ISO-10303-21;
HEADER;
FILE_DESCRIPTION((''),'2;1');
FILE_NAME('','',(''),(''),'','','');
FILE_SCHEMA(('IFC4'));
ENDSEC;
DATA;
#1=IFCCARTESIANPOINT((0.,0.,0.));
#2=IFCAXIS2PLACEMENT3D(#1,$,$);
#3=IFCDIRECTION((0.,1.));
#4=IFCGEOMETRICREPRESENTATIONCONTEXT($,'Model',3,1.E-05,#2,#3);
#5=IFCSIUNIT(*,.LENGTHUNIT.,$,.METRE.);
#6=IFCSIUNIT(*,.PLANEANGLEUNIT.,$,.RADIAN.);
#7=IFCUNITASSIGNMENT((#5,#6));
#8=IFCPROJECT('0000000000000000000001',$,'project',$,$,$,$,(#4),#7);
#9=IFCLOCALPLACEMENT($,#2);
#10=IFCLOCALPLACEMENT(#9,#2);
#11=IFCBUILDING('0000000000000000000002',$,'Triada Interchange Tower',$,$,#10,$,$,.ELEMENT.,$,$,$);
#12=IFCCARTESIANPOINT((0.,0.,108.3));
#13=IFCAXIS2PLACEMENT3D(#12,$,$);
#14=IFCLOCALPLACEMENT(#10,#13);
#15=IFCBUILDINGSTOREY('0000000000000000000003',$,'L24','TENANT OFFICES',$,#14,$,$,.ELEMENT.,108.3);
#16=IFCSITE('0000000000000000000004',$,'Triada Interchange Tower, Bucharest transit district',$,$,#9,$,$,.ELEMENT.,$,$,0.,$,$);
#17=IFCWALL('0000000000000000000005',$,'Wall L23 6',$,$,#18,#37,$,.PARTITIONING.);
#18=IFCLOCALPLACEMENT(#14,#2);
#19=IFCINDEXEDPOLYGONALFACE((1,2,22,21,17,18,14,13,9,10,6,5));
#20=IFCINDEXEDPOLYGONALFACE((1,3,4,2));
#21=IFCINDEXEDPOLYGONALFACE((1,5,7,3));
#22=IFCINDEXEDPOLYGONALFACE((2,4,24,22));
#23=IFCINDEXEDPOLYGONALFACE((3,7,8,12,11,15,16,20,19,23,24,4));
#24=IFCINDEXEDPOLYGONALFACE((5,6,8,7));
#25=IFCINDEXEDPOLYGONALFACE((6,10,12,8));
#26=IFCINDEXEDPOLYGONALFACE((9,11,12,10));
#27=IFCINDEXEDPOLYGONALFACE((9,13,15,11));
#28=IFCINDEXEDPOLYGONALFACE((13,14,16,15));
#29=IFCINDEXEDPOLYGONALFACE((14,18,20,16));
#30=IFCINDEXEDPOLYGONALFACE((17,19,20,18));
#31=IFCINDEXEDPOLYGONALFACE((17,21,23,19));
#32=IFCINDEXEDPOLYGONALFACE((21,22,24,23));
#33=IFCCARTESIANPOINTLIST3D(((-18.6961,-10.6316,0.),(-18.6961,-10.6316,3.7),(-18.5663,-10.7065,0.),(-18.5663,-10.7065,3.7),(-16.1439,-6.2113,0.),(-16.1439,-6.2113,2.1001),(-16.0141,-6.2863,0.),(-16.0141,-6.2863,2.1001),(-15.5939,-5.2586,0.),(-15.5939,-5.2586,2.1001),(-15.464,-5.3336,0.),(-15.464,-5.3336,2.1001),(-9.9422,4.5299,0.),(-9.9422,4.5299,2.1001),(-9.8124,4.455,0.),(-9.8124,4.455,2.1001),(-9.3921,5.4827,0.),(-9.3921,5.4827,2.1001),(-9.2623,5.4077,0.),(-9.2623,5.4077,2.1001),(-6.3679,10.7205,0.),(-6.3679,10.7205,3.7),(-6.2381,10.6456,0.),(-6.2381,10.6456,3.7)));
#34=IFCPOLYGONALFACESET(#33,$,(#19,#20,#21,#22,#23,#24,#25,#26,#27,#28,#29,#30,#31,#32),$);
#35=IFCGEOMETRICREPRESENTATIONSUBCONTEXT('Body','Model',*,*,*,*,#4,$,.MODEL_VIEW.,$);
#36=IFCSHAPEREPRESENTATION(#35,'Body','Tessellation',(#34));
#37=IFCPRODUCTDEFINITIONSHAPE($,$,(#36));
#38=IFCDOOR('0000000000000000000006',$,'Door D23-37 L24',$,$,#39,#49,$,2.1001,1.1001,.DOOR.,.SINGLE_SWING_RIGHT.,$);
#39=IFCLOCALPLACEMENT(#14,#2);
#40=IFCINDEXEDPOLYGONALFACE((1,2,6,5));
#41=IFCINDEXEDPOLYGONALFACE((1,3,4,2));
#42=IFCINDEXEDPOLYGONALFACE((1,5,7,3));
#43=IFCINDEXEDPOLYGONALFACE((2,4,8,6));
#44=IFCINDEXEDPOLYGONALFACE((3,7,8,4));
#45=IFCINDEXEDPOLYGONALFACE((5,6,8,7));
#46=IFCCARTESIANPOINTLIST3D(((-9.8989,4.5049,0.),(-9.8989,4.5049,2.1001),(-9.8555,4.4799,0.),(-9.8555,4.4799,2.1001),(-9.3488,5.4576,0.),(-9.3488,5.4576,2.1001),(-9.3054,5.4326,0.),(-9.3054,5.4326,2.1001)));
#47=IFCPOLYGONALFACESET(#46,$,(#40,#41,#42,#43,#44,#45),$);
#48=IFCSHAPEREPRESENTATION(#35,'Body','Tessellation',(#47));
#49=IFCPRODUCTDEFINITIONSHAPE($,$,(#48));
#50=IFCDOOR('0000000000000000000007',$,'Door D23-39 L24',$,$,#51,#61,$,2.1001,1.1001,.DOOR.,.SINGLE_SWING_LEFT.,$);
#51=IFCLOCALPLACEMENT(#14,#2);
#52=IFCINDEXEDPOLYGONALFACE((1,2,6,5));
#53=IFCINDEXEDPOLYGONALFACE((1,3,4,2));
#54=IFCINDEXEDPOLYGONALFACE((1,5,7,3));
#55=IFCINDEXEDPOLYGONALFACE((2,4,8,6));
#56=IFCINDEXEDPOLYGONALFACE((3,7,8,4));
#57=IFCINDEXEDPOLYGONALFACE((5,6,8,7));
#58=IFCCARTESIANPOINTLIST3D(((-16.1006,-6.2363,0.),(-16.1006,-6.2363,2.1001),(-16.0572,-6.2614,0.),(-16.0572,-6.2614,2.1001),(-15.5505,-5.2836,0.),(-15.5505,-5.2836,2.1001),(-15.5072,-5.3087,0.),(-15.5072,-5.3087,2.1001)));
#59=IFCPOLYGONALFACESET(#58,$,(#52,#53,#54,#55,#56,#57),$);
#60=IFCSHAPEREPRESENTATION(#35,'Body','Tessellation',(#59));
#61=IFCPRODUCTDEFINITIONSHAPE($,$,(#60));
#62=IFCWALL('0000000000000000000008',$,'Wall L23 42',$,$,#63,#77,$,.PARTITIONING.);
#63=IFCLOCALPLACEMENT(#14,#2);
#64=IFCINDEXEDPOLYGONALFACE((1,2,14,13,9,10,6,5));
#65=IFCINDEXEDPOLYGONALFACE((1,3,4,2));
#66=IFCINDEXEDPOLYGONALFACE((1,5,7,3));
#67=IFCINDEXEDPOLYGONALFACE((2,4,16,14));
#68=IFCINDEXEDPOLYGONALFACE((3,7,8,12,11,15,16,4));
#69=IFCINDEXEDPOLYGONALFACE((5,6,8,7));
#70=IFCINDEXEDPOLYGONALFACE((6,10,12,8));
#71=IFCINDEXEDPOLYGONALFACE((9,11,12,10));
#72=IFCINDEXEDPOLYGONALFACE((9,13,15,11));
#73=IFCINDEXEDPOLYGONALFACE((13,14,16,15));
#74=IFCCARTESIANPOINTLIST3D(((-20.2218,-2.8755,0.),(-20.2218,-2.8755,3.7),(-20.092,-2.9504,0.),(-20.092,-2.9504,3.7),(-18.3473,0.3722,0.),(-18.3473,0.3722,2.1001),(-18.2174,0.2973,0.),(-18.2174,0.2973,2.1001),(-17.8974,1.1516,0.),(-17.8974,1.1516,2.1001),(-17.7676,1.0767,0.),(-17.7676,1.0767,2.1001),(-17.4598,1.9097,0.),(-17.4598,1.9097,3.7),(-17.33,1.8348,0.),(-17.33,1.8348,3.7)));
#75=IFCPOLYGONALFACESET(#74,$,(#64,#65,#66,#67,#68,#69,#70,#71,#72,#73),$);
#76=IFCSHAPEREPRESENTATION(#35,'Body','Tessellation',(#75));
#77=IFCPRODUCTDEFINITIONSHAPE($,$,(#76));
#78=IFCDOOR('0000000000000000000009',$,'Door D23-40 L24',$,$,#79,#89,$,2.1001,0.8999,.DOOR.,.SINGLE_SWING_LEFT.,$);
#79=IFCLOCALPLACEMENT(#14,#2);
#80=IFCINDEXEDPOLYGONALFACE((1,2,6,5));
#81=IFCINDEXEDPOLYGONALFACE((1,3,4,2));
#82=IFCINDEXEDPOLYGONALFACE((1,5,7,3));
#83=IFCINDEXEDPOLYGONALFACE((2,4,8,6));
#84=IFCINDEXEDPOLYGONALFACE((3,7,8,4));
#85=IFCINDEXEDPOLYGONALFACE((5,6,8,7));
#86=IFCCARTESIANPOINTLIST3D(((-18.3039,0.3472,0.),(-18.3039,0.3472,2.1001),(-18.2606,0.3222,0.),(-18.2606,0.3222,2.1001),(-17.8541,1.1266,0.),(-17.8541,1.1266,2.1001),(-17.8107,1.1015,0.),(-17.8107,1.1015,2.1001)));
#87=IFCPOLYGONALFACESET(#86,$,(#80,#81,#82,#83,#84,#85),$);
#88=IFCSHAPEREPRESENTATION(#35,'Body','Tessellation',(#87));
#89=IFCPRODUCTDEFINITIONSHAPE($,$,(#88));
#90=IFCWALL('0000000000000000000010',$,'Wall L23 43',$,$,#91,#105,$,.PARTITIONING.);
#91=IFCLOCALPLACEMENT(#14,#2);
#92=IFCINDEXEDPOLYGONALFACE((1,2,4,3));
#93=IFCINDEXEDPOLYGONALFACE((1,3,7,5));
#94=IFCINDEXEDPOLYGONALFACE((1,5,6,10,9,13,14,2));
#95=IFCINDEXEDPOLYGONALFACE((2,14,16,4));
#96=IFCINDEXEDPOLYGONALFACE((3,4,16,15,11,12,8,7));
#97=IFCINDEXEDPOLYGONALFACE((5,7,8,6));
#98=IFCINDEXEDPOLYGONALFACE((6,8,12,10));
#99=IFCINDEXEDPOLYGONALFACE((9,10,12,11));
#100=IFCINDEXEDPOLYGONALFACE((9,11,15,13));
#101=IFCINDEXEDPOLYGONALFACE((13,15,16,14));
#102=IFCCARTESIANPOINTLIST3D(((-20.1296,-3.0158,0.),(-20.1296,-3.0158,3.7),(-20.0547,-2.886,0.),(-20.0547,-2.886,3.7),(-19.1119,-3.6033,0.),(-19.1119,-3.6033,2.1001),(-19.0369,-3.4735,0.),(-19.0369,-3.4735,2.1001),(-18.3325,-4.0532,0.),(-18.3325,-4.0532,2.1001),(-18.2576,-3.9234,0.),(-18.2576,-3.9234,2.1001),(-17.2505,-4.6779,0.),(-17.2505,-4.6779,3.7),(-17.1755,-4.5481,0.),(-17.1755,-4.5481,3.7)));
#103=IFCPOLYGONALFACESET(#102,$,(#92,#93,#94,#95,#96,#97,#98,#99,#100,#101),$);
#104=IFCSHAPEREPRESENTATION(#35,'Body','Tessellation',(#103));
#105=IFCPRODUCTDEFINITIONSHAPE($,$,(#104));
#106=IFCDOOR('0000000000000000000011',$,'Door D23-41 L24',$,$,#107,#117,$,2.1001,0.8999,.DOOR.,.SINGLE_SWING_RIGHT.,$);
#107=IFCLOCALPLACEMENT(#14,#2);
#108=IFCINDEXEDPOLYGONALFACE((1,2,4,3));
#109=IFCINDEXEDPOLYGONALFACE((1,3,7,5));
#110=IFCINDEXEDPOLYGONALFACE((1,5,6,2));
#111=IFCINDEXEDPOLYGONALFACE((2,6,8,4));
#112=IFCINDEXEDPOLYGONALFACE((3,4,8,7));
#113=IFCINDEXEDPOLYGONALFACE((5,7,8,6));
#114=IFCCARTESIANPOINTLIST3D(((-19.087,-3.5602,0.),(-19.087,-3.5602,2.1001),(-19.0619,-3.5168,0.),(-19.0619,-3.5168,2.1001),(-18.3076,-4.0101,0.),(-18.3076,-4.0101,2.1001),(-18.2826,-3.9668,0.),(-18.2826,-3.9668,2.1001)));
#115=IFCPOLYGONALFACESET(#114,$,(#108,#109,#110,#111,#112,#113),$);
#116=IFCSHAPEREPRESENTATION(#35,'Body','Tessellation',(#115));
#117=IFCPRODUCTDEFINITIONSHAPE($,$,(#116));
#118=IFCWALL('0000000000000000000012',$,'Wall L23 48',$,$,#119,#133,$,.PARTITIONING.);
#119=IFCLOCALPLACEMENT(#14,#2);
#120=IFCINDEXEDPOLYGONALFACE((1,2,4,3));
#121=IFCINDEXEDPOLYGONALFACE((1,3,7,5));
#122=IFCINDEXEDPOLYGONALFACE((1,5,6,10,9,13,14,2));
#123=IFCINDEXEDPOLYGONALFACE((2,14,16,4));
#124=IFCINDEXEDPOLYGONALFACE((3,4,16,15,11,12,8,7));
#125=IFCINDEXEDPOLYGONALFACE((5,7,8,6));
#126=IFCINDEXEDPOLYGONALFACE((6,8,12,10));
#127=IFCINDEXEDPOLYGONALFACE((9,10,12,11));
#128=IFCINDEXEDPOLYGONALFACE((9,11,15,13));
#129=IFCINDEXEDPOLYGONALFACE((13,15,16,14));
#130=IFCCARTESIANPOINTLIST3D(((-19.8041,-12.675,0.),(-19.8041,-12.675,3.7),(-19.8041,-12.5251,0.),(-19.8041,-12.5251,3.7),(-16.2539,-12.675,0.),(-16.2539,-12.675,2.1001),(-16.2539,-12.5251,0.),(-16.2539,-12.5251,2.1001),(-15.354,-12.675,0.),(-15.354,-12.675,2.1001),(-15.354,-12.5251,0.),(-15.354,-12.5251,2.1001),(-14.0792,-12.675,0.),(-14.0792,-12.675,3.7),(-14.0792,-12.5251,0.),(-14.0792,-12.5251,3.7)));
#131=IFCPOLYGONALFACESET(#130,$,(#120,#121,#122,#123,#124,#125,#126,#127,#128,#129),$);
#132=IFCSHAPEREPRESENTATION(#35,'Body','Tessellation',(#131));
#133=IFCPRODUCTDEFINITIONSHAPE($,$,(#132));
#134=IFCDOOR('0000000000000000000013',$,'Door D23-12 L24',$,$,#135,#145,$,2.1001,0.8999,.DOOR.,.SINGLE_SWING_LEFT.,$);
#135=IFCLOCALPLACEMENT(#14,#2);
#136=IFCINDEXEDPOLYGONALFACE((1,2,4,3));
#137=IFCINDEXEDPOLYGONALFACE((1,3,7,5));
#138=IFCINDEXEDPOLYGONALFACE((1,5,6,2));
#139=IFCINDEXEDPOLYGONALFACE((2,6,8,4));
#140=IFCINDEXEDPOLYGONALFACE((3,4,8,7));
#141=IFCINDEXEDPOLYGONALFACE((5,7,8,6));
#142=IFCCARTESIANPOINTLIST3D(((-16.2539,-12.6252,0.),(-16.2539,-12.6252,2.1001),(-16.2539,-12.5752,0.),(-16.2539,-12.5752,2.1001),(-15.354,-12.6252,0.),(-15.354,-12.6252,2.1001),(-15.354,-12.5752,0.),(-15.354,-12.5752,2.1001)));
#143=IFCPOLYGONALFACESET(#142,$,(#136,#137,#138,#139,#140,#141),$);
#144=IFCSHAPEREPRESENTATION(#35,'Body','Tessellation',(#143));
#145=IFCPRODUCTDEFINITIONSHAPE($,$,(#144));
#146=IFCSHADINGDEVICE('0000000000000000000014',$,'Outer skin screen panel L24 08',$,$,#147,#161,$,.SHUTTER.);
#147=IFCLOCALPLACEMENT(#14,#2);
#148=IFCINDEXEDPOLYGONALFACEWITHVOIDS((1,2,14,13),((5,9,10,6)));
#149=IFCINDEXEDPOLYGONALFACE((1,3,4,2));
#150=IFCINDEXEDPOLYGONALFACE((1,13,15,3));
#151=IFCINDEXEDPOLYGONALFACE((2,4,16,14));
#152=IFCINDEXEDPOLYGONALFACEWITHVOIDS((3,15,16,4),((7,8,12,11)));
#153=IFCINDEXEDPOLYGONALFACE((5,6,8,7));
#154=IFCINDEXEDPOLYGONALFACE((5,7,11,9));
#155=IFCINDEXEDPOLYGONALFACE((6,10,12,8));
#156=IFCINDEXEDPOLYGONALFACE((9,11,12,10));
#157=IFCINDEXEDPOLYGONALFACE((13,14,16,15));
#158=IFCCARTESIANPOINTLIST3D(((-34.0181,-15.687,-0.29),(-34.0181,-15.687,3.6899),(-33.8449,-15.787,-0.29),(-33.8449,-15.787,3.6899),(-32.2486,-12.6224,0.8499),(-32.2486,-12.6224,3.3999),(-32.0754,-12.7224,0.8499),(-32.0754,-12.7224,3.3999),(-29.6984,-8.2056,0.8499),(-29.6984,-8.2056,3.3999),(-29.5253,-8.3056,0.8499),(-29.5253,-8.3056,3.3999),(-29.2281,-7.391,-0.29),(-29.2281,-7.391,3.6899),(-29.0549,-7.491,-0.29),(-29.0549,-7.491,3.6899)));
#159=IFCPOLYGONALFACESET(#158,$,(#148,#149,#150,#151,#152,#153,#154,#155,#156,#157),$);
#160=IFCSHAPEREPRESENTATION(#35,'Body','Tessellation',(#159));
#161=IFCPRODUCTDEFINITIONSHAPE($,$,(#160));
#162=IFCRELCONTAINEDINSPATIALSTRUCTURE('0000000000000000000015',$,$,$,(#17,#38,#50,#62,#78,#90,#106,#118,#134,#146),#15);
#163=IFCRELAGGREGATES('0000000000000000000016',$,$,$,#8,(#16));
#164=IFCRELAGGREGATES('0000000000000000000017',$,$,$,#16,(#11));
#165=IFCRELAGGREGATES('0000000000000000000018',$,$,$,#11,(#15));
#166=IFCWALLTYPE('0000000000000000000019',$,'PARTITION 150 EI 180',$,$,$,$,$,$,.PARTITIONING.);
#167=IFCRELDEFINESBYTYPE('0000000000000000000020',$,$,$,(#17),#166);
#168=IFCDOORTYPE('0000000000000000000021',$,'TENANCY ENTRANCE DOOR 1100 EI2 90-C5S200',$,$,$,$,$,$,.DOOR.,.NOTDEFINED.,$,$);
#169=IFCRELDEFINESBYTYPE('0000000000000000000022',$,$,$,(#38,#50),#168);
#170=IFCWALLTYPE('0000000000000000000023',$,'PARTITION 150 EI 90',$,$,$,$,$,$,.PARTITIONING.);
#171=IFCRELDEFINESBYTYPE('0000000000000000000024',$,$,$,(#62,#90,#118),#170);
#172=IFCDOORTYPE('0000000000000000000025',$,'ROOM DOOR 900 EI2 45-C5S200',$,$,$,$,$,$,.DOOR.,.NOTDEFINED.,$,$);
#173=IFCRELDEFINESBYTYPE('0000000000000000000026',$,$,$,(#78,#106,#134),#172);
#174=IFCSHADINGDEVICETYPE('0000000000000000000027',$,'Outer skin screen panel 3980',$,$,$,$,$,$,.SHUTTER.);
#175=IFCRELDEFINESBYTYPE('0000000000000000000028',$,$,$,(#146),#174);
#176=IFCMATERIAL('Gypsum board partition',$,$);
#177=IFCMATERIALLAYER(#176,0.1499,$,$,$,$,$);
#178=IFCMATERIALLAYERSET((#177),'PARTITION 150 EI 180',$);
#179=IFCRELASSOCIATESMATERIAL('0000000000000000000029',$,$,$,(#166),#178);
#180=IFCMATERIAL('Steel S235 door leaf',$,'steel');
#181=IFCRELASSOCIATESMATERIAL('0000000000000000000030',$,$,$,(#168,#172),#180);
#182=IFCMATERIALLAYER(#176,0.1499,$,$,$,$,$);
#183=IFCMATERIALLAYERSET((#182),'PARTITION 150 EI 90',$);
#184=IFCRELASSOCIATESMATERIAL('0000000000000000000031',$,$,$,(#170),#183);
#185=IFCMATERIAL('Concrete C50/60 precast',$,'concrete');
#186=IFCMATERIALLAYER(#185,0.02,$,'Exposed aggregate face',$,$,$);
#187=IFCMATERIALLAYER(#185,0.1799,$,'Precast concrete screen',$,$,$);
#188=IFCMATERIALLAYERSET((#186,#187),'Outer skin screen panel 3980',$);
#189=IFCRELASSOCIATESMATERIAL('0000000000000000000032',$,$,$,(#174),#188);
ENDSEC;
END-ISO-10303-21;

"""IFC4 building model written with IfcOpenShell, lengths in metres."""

from ifc_helpers import new_model, si_unit, direction, frame, frame_2d, origin, place, context, subcontext, project, spatial, polyline, rectangle, outline, extrude, material, layer, layer_set, type_object, element, fill, save


model = new_model("IFC4")

# Units and contexts
model_context = context("Model", 3, precision=1e-05, world=origin(), true_north=direction((0.0, 1.0)))
body_context = subcontext(model_context, "Body", "Model", "MODEL_VIEW")
ifc_project = project(units=[si_unit("LENGTHUNIT", "METRE"), si_unit("PLANEANGLEUNIT", "RADIAN")], contexts=[model_context])

# Site, building, storey
site_placement = place(None, origin())
site = spatial("IfcSite", under=ifc_project, at=site_placement, Name="Triada Interchange Tower, Bucharest transit district", CompositionType="ELEMENT", RefElevation=0.0)
building_placement = place(site_placement, origin())
building = spatial("IfcBuilding", under=site, at=building_placement, Name="Triada Interchange Tower", CompositionType="ELEMENT")
storey_placement = place(building_placement, frame((0.0, 0.0, 108.3)))
storey = spatial("IfcBuildingStorey", under=building, at=storey_placement, Name="L24", Description="TENANT OFFICES", CompositionType="ELEMENT", Elevation=108.3)

# Shared definitions
ifc_material_1 = material(Name="Gypsum board partition")
ifc_layer_1 = layer(ifc_material_1, 0.1499)
ifc_layer_set_1 = layer_set([ifc_layer_1], Name="PARTITION 150 EI 180")
wall_type_1 = type_object("IfcWallType", Name="PARTITION 150 EI 180", PredefinedType="PARTITIONING", material=ifc_layer_set_1)

# Wall, openings, doors
ifc_material_2 = material(Name="Steel S235 door leaf", Category="steel")
door_type_1 = type_object("IfcDoorType", Name="TENANCY ENTRANCE DOOR 1100 EI2 90-C5S200", OperationType="NOTDEFINED", PredefinedType="DOOR", material=ifc_material_2)
wall_1_placement = place(storey_placement, frame((-18.6311, -10.6689, 0.0), z_axis=(0.0, 0.0, 1.0), x_axis=(0.500016, 0.866016, 0.0)))
wall_1 = element("IfcWall", 1, at=wall_1_placement, inside=storey, type_object=wall_type_1, Name="Wall L23 6", PredefinedType="PARTITIONING", context=body_context, shape_type="SweptSolid", body=[
    extrude(rectangle(XDim=24.6555, YDim=0.1499, at=frame_2d((12.3276, 0.0))), origin(), (0.0, 0.0, 1.0), 3.7),
])
opening_1_placement = place(wall_1_placement, frame((17.5071, 0.0, 0.0)))
opening_1 = element("IfcOpeningElement", 2, at=opening_1_placement, cuts=wall_1, PredefinedType="OPENING", context=body_context, shape_type="SweptSolid", body=[
    extrude(rectangle(XDim=1.1001, YDim=2.1001, at=frame_2d((0.55, 1.05))), frame((0.0, 0.085, 0.0), z_axis=(0.0, -1.0, 0.0), x_axis=(1.0, 0.0, 0.0)), (0.0, 0.0, 1.0), 0.1699),
])
opening_2_placement = place(wall_1_placement, frame((5.104, 0.0, 0.0)))
opening_2 = element("IfcOpeningElement", 3, at=opening_2_placement, cuts=wall_1, PredefinedType="OPENING", context=body_context, shape_type="SweptSolid", body=[
    extrude(rectangle(XDim=1.1001, YDim=2.1001, at=frame_2d((0.55, 1.05))), frame((0.0, 0.085, 0.0), z_axis=(0.0, -1.0, 0.0), x_axis=(1.0, 0.0, 0.0)), (0.0, 0.0, 1.0), 0.1699),
])
door_1_placement = place(opening_1_placement, origin())
door_1 = element("IfcDoor", 4, at=door_1_placement, inside=storey, type_object=door_type_1, Name="Door D23-37 L24", OperationType="SINGLE_SWING_RIGHT", OverallHeight=2.1001, OverallWidth=1.1001, PredefinedType="DOOR", context=body_context, shape_type="SweptSolid", body=[
    extrude(rectangle(XDim=1.1001, YDim=2.1001, at=frame_2d((0.55, 1.05))), frame((0.0, 0.0249, 0.0), z_axis=(0.0, -1.0, 0.0), x_axis=(1.0, 0.0, 0.0)), (0.0, 0.0, 1.0), 0.05),
])
fill(opening_1, door_1)
door_2_placement = place(opening_2_placement, origin())
door_2 = element("IfcDoor", 5, at=door_2_placement, inside=storey, type_object=door_type_1, Name="Door D23-39 L24", OperationType="SINGLE_SWING_LEFT", OverallHeight=2.1001, OverallWidth=1.1001, PredefinedType="DOOR", context=body_context, shape_type="SweptSolid", body=[
    extrude(rectangle(XDim=1.1001, YDim=2.1001, at=frame_2d((0.55, 1.05))), frame((0.0, 0.0249, 0.0), z_axis=(0.0, -1.0, 0.0), x_axis=(1.0, 0.0, 0.0)), (0.0, 0.0, 1.0), 0.05),
])
fill(opening_2, door_2)

# Walls, openings, doors
ifc_layer_2 = layer(ifc_material_1, 0.1499)
ifc_layer_set_2 = layer_set([ifc_layer_2], Name="PARTITION 150 EI 90")
wall_type_2 = type_object("IfcWallType", Name="PARTITION 150 EI 90", PredefinedType="PARTITIONING", material=ifc_layer_set_2)
wall_2_placement = place(storey_placement, frame((-20.157, -2.9131, 0.0), z_axis=(0.0, 0.0, 1.0), x_axis=(0.499898, 0.866084, 0.0)))
wall_2 = element("IfcWall", 6, at=wall_2_placement, inside=storey, type_object=wall_type_2, Name="Wall L23 42", PredefinedType="PARTITIONING", context=body_context, shape_type="SweptSolid", body=[
    extrude(rectangle(XDim=5.5251, YDim=0.1499, at=frame_2d((2.7627, 0.0))), origin(), (0.0, 0.0, 1.0), 3.7),
])
opening_3_placement = place(wall_2_placement, frame((3.75, 0.0, 0.0)))
opening_3 = element("IfcOpeningElement", 7, at=opening_3_placement, cuts=wall_2, PredefinedType="OPENING", context=body_context, shape_type="SweptSolid", body=[
    extrude(rectangle(XDim=0.8999, YDim=2.1001, at=frame_2d((0.45, 1.05))), frame((0.0, 0.085, 0.0), z_axis=(0.0, -1.0, 0.0), x_axis=(1.0, 0.0, 0.0)), (0.0, 0.0, 1.0), 0.1699),
])
door_type_2 = type_object("IfcDoorType", Name="ROOM DOOR 900 EI2 45-C5S200", OperationType="NOTDEFINED", PredefinedType="DOOR", material=ifc_material_2)
door_3_placement = place(opening_3_placement, origin())
door_3 = element("IfcDoor", 8, at=door_3_placement, inside=storey, type_object=door_type_2, Name="Door D23-40 L24", OperationType="SINGLE_SWING_LEFT", OverallHeight=2.1001, OverallWidth=0.8999, PredefinedType="DOOR", context=body_context, shape_type="SweptSolid", body=[
    extrude(rectangle(XDim=0.8999, YDim=2.1001, at=frame_2d((0.45, 1.05))), frame((0.0, 0.0249, 0.0), z_axis=(0.0, -1.0, 0.0), x_axis=(1.0, 0.0, 0.0)), (0.0, 0.0, 1.0), 0.05),
])
fill(opening_3, door_3)
wall_3_placement = place(storey_placement, frame((-20.092, -2.9509, 0.0), z_axis=(0.0, 0.0, 1.0), x_axis=(0.866047, -0.499962, 0.0)))
wall_3 = element("IfcWall", 9, at=wall_3_placement, inside=storey, type_object=wall_type_2, Name="Wall L23 43", PredefinedType="PARTITIONING", context=body_context, shape_type="SweptSolid", body=[
    extrude(rectangle(XDim=3.3245, YDim=0.1499, at=frame_2d((1.6621, 0.0))), origin(), (0.0, 0.0, 1.0), 3.7),
])
opening_4_placement = place(wall_3_placement, frame((1.175, 0.0, 0.0)))
opening_4 = element("IfcOpeningElement", 10, at=opening_4_placement, cuts=wall_3, PredefinedType="OPENING", context=body_context, shape_type="SweptSolid", body=[
    extrude(rectangle(XDim=0.8999, YDim=2.1001, at=frame_2d((0.45, 1.05))), frame((0.0, 0.085, 0.0), z_axis=(0.0, -1.0, 0.0), x_axis=(1.0, 0.0, 0.0)), (0.0, 0.0, 1.0), 0.1699),
])
door_4_placement = place(opening_4_placement, origin())
door_4 = element("IfcDoor", 11, at=door_4_placement, inside=storey, type_object=door_type_2, Name="Door D23-41 L24", OperationType="SINGLE_SWING_RIGHT", OverallHeight=2.1001, OverallWidth=0.8999, PredefinedType="DOOR", context=body_context, shape_type="SweptSolid", body=[
    extrude(rectangle(XDim=0.8999, YDim=2.1001, at=frame_2d((0.45, 1.05))), frame((0.0, 0.0249, 0.0), z_axis=(0.0, -1.0, 0.0), x_axis=(1.0, 0.0, 0.0)), (0.0, 0.0, 1.0), 0.05),
])
fill(opening_4, door_4)
wall_4_placement = place(storey_placement, frame((-19.804, -12.6001, 0.0), z_axis=(0.0, 0.0, 1.0), x_axis=(1.0, 0.0, 0.0)))
wall_4 = element("IfcWall", 12, at=wall_4_placement, inside=storey, type_object=wall_type_2, Name="Wall L23 48", PredefinedType="PARTITIONING", context=body_context, shape_type="SweptSolid", body=[
    extrude(rectangle(XDim=5.7249, YDim=0.1499, at=frame_2d((2.8623, 0.0))), origin(), (0.0, 0.0, 1.0), 3.7),
])
opening_5_placement = place(wall_4_placement, frame((3.55, 0.0, 0.0)))
opening_5 = element("IfcOpeningElement", 13, at=opening_5_placement, cuts=wall_4, PredefinedType="OPENING", context=body_context, shape_type="SweptSolid", body=[
    extrude(rectangle(XDim=0.8999, YDim=2.1001, at=frame_2d((0.45, 1.05))), frame((0.0, 0.085, 0.0), z_axis=(0.0, -1.0, 0.0), x_axis=(1.0, 0.0, 0.0)), (0.0, 0.0, 1.0), 0.1699),
])
door_5_placement = place(opening_5_placement, origin())
door_5 = element("IfcDoor", 14, at=door_5_placement, inside=storey, type_object=door_type_2, Name="Door D23-12 L24", OperationType="SINGLE_SWING_LEFT", OverallHeight=2.1001, OverallWidth=0.8999, PredefinedType="DOOR", context=body_context, shape_type="SweptSolid", body=[
    extrude(rectangle(XDim=0.8999, YDim=2.1001, at=frame_2d((0.45, 1.05))), frame((0.0, 0.0249, 0.0), z_axis=(0.0, -1.0, 0.0), x_axis=(1.0, 0.0, 0.0)), (0.0, 0.0, 1.0), 0.05),
])
fill(opening_5, door_5)

# Shading device
ifc_material_3 = material(Name="Concrete C50/60 precast", Category="concrete")
ifc_layer_3 = layer(ifc_material_3, 0.02, Name="Exposed aggregate face")
ifc_layer_4 = layer(ifc_material_3, 0.1799, Name="Precast concrete screen")
ifc_layer_set_3 = layer_set([ifc_layer_3, ifc_layer_4], Name="Outer skin screen panel 3980")
shading_device_type = type_object("IfcShadingDeviceType", Name="Outer skin screen panel 3980", PredefinedType="SHUTTER", material=ifc_layer_set_3)
shading_device_placement = place(storey_placement, frame((-29.0549, -7.491, -0.29), z_axis=(0.0, 0.0, 1.0), x_axis=(-0.50002, -0.866014, 0.0)))
element("IfcShadingDevice", 15, at=shading_device_placement, inside=storey, type_object=shading_device_type, Name="Outer skin screen panel L24 08", PredefinedType="SHUTTER", context=body_context, shape_type="SweptSolid", body=[
    extrude(outline(polyline([(0.0, 0.0), (9.5796, 0.0), (9.5796, 3.98), (0.0, 3.98), (0.0, 0.0)]), holes=[polyline([(0.9407, 1.1399), (0.9407, 3.6899), (6.0408, 3.6899), (6.0408, 1.1399), (0.9407, 1.1399)])]), frame((0.0, 0.0, 0.0), z_axis=(0.0, -1.0, 0.0), x_axis=(1.0, 0.0, 0.0)), (0.0, 0.0, 1.0), 0.2),
])

save(model, "model.ifc")
